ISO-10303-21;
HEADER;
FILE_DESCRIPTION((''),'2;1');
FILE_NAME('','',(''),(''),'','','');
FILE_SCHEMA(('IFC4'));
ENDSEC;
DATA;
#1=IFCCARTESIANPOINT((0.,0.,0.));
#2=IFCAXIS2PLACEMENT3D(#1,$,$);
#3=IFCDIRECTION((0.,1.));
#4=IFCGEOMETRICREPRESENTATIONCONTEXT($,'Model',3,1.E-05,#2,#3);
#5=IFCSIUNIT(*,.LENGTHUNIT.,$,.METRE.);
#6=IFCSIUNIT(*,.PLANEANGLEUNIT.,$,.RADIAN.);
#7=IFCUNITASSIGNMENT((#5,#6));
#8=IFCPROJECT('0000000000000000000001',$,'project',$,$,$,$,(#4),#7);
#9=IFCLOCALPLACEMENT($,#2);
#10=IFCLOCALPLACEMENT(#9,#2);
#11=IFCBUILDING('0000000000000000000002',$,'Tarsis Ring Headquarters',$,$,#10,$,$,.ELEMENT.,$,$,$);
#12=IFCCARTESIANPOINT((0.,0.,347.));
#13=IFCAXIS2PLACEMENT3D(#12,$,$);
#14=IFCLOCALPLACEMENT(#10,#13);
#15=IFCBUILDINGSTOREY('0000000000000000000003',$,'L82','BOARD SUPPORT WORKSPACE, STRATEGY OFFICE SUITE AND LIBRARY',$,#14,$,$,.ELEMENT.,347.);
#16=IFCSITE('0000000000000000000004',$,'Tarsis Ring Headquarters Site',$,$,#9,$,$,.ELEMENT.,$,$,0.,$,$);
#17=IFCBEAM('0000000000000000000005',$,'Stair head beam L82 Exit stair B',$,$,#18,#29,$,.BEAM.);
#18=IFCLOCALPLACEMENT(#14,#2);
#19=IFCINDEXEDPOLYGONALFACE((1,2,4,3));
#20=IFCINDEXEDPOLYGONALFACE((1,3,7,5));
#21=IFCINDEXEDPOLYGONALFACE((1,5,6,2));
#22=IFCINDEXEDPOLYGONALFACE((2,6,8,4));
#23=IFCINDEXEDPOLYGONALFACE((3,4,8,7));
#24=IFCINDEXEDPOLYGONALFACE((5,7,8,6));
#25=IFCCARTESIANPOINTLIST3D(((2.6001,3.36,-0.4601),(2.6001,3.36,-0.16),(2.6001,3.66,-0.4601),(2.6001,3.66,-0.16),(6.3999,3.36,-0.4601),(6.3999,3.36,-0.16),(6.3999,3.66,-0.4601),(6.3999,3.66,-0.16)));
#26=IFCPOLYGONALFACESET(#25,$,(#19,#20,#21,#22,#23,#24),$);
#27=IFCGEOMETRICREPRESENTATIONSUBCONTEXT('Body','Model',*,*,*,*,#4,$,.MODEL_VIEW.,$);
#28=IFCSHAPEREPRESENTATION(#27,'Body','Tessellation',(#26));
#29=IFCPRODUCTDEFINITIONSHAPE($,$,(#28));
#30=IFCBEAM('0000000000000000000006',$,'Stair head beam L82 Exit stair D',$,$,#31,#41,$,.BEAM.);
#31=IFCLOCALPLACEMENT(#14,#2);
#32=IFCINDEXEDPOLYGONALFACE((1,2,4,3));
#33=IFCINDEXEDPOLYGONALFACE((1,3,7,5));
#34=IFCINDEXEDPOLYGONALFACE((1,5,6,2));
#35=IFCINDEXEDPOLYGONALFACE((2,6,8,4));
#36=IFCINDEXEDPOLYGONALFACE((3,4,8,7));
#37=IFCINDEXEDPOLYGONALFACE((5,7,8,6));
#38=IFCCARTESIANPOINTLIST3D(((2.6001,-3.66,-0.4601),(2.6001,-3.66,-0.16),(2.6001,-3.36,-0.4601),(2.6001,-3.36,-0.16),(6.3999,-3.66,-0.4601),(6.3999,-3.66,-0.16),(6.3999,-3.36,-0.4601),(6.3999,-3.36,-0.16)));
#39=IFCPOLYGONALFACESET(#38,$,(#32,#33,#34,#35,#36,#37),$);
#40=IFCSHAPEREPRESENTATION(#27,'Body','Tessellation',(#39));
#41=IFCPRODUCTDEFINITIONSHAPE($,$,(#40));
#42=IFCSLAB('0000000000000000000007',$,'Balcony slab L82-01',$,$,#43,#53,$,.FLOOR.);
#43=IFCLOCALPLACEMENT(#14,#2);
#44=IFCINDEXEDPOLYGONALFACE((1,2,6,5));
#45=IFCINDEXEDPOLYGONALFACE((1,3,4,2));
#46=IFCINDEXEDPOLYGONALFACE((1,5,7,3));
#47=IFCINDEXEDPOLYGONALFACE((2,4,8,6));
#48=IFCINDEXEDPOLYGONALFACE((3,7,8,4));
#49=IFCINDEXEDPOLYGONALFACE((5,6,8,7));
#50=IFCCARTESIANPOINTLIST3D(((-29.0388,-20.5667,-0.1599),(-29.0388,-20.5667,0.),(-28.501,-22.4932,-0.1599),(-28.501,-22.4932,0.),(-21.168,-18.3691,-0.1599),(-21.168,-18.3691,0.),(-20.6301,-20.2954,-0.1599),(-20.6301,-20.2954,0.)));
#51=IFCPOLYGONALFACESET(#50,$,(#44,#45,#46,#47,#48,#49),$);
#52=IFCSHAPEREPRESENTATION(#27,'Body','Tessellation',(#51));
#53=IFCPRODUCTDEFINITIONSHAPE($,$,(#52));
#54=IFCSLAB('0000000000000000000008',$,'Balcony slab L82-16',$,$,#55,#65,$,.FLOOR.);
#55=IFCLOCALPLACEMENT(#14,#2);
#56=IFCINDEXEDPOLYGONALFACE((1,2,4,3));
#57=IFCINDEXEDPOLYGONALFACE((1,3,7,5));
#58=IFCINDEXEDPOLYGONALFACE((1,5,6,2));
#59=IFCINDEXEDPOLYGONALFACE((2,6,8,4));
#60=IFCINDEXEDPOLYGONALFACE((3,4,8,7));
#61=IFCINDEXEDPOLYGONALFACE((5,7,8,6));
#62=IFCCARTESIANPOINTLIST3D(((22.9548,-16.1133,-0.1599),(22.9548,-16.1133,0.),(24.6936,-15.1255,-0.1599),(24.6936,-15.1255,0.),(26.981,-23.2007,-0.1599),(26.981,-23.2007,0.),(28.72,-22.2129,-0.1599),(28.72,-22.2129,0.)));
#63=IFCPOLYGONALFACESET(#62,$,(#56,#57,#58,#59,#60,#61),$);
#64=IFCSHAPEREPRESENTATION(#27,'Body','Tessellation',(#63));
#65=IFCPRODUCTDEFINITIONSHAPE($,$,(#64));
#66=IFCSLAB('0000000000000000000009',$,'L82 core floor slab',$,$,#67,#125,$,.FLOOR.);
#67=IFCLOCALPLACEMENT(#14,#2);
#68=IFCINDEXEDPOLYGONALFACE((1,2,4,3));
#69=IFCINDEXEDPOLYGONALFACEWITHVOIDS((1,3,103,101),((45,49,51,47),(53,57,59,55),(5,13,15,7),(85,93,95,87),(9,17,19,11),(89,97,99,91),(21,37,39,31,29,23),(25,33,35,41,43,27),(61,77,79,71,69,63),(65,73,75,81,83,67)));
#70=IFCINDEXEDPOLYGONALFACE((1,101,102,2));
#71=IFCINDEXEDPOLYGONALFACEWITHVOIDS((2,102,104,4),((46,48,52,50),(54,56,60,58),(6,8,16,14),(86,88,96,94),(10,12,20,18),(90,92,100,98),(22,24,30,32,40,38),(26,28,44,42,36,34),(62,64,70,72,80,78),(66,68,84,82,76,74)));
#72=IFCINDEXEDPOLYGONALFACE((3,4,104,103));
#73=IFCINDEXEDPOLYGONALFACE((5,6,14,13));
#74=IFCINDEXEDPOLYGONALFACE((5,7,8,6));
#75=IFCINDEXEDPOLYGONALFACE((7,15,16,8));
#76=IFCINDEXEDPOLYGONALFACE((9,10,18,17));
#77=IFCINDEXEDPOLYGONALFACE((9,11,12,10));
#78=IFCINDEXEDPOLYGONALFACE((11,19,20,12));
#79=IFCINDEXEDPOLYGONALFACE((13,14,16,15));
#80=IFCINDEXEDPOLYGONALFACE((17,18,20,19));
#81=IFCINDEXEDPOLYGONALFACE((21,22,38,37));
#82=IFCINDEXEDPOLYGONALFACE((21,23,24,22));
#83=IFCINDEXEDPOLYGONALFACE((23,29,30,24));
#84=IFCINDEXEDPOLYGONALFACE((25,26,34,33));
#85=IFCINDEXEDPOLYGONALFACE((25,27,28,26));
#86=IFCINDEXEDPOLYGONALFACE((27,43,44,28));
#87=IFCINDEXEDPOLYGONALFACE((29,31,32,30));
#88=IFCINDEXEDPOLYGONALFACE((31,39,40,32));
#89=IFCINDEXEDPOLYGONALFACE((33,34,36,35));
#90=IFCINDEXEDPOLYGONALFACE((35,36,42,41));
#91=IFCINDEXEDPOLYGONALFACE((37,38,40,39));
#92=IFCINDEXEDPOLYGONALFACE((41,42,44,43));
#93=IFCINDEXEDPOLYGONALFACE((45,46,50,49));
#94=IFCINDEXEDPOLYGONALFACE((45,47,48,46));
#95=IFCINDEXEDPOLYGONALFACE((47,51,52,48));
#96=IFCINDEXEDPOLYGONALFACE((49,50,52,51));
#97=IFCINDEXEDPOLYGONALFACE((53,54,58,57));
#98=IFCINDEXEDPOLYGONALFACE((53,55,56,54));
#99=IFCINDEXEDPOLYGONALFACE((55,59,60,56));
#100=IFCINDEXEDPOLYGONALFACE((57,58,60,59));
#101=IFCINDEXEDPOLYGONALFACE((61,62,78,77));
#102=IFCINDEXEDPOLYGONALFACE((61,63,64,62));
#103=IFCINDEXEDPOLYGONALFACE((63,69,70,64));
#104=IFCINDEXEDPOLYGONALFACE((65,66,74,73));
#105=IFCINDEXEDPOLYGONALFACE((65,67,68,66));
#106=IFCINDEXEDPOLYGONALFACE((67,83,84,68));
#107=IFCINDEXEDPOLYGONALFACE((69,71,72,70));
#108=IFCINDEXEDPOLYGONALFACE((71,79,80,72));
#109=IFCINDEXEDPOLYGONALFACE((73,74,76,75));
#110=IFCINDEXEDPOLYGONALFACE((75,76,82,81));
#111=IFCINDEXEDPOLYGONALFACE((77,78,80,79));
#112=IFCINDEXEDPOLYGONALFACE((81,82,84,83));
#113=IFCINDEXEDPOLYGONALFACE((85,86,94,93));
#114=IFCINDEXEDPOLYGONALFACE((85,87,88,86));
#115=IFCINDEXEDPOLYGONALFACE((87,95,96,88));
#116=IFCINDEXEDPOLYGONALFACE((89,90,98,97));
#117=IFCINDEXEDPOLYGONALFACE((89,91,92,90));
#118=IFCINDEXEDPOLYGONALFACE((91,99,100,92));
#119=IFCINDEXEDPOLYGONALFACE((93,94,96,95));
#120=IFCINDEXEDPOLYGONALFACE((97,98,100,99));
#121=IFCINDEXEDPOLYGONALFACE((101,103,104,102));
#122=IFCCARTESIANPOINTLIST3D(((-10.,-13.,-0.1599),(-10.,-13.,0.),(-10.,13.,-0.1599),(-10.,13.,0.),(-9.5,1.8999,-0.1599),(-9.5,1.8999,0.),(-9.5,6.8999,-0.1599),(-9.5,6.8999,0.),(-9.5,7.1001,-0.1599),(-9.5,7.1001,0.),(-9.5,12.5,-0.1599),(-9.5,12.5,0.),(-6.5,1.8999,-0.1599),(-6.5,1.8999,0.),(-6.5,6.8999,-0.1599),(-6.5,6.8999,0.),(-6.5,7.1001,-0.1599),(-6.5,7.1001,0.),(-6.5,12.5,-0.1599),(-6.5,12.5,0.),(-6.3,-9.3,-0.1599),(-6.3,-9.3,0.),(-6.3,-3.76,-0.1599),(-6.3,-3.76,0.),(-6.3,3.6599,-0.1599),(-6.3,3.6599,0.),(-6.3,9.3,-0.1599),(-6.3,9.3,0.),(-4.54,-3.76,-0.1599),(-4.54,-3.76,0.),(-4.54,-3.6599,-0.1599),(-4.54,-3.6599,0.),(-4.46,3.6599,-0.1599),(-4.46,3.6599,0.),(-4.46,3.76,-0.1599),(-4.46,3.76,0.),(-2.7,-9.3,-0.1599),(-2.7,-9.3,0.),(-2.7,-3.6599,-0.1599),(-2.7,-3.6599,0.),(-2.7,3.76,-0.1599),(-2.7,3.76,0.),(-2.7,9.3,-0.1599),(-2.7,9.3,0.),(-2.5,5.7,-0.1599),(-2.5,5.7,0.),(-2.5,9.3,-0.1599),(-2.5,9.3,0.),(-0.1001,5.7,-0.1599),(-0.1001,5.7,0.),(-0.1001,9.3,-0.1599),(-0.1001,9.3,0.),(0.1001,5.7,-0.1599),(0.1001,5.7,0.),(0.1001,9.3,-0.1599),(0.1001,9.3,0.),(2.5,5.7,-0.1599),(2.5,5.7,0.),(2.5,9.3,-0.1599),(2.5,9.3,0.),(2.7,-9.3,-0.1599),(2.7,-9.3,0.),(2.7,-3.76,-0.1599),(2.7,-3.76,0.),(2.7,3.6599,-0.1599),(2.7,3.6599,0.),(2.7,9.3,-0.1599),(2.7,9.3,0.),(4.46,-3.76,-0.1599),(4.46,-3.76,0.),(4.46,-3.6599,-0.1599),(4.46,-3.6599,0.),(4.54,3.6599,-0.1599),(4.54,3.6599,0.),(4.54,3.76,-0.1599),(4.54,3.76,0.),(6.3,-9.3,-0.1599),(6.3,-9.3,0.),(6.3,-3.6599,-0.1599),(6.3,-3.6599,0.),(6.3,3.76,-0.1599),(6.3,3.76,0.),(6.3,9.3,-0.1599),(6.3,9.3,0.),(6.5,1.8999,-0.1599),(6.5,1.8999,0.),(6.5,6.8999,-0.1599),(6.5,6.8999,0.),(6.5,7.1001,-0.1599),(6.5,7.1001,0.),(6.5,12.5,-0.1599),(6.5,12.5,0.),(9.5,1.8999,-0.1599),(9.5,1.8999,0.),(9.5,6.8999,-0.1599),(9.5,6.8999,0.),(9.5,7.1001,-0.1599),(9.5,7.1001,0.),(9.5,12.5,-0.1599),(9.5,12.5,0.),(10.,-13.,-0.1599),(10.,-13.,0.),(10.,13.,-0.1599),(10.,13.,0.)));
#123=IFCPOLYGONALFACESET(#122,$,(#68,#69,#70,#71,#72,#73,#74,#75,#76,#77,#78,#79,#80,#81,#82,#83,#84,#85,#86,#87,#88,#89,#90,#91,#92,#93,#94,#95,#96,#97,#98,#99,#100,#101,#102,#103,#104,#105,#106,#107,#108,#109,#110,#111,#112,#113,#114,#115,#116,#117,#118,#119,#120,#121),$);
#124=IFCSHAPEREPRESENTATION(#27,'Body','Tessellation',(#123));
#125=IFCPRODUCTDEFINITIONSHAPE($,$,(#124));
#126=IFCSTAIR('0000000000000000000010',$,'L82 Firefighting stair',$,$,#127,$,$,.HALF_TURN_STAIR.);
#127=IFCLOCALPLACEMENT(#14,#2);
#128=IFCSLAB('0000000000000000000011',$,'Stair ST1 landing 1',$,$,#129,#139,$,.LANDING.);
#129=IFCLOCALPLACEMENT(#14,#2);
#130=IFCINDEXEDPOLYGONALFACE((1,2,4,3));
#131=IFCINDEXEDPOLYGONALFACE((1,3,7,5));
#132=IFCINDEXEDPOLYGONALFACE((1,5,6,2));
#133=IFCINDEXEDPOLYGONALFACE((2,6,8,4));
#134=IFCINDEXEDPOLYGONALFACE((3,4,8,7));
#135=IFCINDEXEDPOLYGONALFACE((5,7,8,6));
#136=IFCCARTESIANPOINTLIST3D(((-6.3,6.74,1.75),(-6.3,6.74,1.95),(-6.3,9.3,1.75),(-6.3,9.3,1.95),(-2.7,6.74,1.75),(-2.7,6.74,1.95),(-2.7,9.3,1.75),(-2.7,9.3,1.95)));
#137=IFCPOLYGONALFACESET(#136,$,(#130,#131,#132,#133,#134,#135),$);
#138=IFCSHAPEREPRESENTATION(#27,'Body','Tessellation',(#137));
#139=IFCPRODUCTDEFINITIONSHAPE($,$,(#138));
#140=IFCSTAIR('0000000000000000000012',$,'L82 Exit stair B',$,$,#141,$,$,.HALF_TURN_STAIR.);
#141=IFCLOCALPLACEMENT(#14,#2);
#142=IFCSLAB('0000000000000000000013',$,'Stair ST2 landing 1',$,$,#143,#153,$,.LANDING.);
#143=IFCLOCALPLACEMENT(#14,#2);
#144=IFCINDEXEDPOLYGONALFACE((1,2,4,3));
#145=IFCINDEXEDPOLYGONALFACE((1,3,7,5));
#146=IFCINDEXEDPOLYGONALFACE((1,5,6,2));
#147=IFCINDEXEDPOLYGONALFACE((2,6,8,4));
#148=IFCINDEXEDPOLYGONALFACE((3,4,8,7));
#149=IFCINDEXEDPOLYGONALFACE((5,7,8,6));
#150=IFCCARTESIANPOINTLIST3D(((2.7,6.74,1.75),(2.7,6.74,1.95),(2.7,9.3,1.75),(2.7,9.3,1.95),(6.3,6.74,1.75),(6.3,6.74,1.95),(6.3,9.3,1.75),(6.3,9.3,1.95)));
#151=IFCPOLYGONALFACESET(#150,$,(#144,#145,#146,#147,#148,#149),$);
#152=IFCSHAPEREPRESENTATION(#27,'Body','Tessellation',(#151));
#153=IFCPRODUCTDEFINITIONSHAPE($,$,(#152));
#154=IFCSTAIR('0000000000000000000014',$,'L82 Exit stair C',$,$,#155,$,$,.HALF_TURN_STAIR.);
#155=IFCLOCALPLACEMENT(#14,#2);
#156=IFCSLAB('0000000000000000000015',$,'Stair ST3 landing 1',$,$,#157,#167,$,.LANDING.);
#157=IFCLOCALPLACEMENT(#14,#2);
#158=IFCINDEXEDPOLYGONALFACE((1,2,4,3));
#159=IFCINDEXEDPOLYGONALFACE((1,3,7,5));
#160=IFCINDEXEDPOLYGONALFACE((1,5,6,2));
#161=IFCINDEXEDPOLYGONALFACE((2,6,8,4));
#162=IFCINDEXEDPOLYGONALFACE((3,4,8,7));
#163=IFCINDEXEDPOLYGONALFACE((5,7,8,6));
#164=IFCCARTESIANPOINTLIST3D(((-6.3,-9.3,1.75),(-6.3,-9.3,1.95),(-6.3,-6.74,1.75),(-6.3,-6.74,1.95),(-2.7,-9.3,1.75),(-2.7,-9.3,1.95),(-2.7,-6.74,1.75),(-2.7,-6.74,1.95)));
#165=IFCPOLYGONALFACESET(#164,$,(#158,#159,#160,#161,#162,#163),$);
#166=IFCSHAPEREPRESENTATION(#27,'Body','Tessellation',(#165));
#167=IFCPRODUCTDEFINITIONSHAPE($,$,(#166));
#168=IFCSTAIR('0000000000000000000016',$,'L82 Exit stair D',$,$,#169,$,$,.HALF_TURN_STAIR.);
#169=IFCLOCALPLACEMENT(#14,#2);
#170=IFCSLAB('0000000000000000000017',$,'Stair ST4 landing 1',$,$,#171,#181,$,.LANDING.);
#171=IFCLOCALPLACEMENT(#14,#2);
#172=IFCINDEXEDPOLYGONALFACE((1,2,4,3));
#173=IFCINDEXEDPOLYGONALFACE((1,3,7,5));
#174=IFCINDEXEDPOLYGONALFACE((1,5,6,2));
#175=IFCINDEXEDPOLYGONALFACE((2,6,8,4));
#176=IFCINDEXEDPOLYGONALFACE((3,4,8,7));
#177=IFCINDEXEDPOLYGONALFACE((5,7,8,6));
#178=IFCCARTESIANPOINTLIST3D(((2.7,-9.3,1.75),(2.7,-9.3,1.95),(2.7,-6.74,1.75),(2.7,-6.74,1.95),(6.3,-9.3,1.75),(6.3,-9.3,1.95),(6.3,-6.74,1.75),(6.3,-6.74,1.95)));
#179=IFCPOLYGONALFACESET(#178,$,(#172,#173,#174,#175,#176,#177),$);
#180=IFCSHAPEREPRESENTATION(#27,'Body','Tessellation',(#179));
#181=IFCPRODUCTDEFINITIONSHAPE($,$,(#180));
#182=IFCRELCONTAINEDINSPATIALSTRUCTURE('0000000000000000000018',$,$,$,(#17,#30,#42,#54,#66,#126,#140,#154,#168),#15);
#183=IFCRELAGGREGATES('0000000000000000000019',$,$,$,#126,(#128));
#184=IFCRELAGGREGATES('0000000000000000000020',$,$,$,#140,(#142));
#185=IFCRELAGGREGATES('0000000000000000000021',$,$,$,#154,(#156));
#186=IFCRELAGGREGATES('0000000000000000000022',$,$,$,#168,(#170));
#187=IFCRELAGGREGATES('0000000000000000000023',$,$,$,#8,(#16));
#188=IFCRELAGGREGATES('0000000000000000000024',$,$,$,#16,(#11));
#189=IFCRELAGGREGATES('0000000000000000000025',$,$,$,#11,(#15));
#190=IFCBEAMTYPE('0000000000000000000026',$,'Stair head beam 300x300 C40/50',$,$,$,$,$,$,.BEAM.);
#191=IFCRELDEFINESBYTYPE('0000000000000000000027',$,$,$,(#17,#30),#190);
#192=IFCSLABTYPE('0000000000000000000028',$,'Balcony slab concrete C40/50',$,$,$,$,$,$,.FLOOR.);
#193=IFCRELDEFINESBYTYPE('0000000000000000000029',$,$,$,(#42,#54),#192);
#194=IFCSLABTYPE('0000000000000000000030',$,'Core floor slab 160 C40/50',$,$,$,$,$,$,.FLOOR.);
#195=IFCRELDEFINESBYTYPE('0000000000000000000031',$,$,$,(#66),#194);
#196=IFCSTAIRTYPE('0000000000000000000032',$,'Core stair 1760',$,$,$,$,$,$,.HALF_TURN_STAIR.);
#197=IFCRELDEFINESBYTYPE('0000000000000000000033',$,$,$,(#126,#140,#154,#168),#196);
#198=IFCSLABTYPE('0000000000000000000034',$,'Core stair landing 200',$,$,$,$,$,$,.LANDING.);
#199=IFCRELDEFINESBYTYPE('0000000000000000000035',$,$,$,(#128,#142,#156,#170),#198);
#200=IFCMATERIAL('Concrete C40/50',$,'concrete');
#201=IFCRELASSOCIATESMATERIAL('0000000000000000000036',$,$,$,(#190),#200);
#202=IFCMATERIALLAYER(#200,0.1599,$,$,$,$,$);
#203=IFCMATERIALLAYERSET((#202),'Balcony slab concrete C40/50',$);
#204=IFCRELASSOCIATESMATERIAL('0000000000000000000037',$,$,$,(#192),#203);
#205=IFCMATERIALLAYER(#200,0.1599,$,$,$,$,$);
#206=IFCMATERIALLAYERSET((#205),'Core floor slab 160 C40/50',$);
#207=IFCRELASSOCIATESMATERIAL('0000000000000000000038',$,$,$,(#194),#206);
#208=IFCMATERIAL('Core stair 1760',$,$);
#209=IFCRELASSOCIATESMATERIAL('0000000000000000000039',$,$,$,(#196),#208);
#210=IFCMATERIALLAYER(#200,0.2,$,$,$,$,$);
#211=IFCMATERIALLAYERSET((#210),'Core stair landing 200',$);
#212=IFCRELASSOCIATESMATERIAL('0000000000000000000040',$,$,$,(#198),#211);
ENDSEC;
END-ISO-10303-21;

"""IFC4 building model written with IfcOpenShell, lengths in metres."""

from ifc_helpers import new_model, si_unit, direction, frame, origin, origin_2d, place, context, subcontext, project, spatial, polyline, rectangle, outline, extrude, material, layer, layer_set, material_profile, profile_set, type_object, element, aggregate, save


model = new_model("IFC4")

# Units and contexts
model_context = context("Model", 3, precision=1e-05, world=origin(), true_north=direction((0.0, 1.0)))
body_context = subcontext(model_context, "Body", "Model", "MODEL_VIEW")
ifc_project = project(units=[si_unit("LENGTHUNIT", "METRE"), si_unit("PLANEANGLEUNIT", "RADIAN")], contexts=[model_context])

# Site, building, storey
site_placement = place(None, origin())
site = spatial("IfcSite", under=ifc_project, at=site_placement, Name="Tarsis Ring Headquarters Site", CompositionType="ELEMENT", RefElevation=0.0)
building_placement = place(site_placement, origin())
building = spatial("IfcBuilding", under=site, at=building_placement, Name="Tarsis Ring Headquarters", CompositionType="ELEMENT")
storey_placement = place(building_placement, frame((0.0, 0.0, 347.0)))
storey = spatial("IfcBuildingStorey", under=building, at=storey_placement, Name="L82", Description="BOARD SUPPORT WORKSPACE, STRATEGY OFFICE SUITE AND LIBRARY", CompositionType="ELEMENT", Elevation=347.0)

# Beams
ifc_material_1 = material(Name="Concrete C40/50", Category="concrete")
ifc_material_profile = material_profile(ifc_material_1, rectangle(XDim=0.3, YDim=0.3, at=origin_2d()), Name="Stair head beam 300x300 C40/50")
ifc_profile_set = profile_set([ifc_material_profile], Name="Concrete C40/50")
beam_type = type_object("IfcBeamType", Name="Stair head beam 300x300 C40/50", PredefinedType="BEAM", material=ifc_profile_set)
for number, where, z_axis, x_axis, name in (
    (1, (2.6001, 3.51, -0.3101), (1.0, 0.0, 0.0), (0.0, 1.0, 0.0), "Stair head beam L82 Exit stair B"),
    (2, (2.6001, -3.51, -0.3101), (1.0, 0.0, 0.0), (0.0, 1.0, 0.0), "Stair head beam L82 Exit stair D"),
):
    element("IfcBeam", number, at=place(storey_placement, frame(where, z_axis=z_axis, x_axis=x_axis)), inside=storey, type_object=beam_type, Name=name, PredefinedType="BEAM", context=body_context, shape_type="SweptSolid", body=[
        extrude(rectangle(XDim=0.3, YDim=0.3, at=origin_2d()), origin(), (0.0, 0.0, 1.0), 3.7998),
    ])

# Slabs
ifc_layer_1 = layer(ifc_material_1, 0.1599)
ifc_layer_set_1 = layer_set([ifc_layer_1], Name="Balcony slab concrete C40/50")
slab_type_1 = type_object("IfcSlabType", Name="Balcony slab concrete C40/50", PredefinedType="FLOOR", material=ifc_layer_set_1)
slab_1_placement = place(storey_placement, frame((0.0, 0.0, -0.1599)))
element("IfcSlab", 3, at=slab_1_placement, inside=storey, type_object=slab_type_1, Name="Balcony slab L82-01", PredefinedType="FLOOR", context=body_context, shape_type="SweptSolid", body=[
    extrude(outline(polyline([(-29.0388, -20.5667), (-28.501, -22.4932), (-20.6301, -20.2954), (-21.168, -18.3691), (-29.0388, -20.5667)])), origin(), (0.0, 0.0, 1.0), 0.1599),
])
slab_2_placement = place(storey_placement, frame((0.0, 0.0, -0.1599)))
element("IfcSlab", 4, at=slab_2_placement, inside=storey, type_object=slab_type_1, Name="Balcony slab L82-16", PredefinedType="FLOOR", context=body_context, shape_type="SweptSolid", body=[
    extrude(outline(polyline([(26.981, -23.2007), (28.72, -22.2129), (24.6936, -15.1255), (22.9548, -16.1133), (26.981, -23.2007)])), origin(), (0.0, 0.0, 1.0), 0.1599),
])
ifc_layer_2 = layer(ifc_material_1, 0.1599)
ifc_layer_set_2 = layer_set([ifc_layer_2], Name="Core floor slab 160 C40/50")
slab_type_2 = type_object("IfcSlabType", Name="Core floor slab 160 C40/50", PredefinedType="FLOOR", material=ifc_layer_set_2)
slab_3_placement = place(storey_placement, frame((0.0, 0.0, -0.1599)))
element("IfcSlab", 5, at=slab_3_placement, inside=storey, type_object=slab_type_2, Name="L82 core floor slab", PredefinedType="FLOOR", context=body_context, shape_type="SweptSolid", body=[
    extrude(outline(polyline([(-10.0, -13.0), (10.0, -13.0), (10.0, 13.0), (-10.0, 13.0), (-10.0, -13.0)]), holes=[polyline([(-2.5, 5.7), (-0.1001, 5.7), (-0.1001, 9.3), (-2.5, 9.3), (-2.5, 5.7)]), polyline([(0.1001, 5.7), (2.5, 5.7), (2.5, 9.3), (0.1001, 9.3), (0.1001, 5.7)]), polyline([(-9.5, 1.8999), (-6.5, 1.8999), (-6.5, 6.8999), (-9.5, 6.8999), (-9.5, 1.8999)]), polyline([(-9.5, 7.1001), (-6.5, 7.1001), (-6.5, 12.5), (-9.5, 12.5), (-9.5, 7.1001)]), polyline([(6.5, 1.8999), (9.5, 1.8999), (9.5, 6.8999), (6.5, 6.8999), (6.5, 1.8999)]), polyline([(6.5, 7.1001), (9.5, 7.1001), (9.5, 12.5), (6.5, 12.5), (6.5, 7.1001)]), polyline([(-2.7, 3.76), (-2.7, 9.3), (-6.3, 9.3), (-6.3, 3.6599), (-4.46, 3.6599), (-4.46, 3.76), (-2.7, 3.76)]), polyline([(6.3, 3.76), (6.3, 9.3), (2.7, 9.3), (2.7, 3.6599), (4.54, 3.6599), (4.54, 3.76), (6.3, 3.76)]), polyline([(-6.3, -3.76), (-6.3, -9.3), (-2.7, -9.3), (-2.7, -3.6599), (-4.54, -3.6599), (-4.54, -3.76), (-6.3, -3.76)]), polyline([(2.7, -3.76), (2.7, -9.3), (6.3, -9.3), (6.3, -3.6599), (4.46, -3.6599), (4.46, -3.76), (2.7, -3.76)])]), origin(), (0.0, 0.0, 1.0), 0.1599),
])

# Stairs, slabs
ifc_material_2 = material(Name="Core stair 1760")
stair_type = type_object("IfcStairType", Name="Core stair 1760", PredefinedType="HALF_TURN_STAIR", material=ifc_material_2)
stair_1_placement = place(storey_placement, origin())
stair_1 = element("IfcStair", 6, at=stair_1_placement, inside=storey, type_object=stair_type, Name="L82 Firefighting stair", PredefinedType="HALF_TURN_STAIR")
ifc_layer_3 = layer(ifc_material_1, 0.2)
ifc_layer_set_3 = layer_set([ifc_layer_3], Name="Core stair landing 200")
slab_type_3 = type_object("IfcSlabType", Name="Core stair landing 200", PredefinedType="LANDING", material=ifc_layer_set_3)
slab_4_placement = place(storey_placement, frame((0.0, 0.0, 1.75)))
slab_4 = element("IfcSlab", 7, at=slab_4_placement, type_object=slab_type_3, Name="Stair ST1 landing 1", PredefinedType="LANDING", context=body_context, shape_type="SweptSolid", body=[
    extrude(outline(polyline([(-2.7, 6.74), (-2.7, 9.3), (-6.3, 9.3), (-6.3, 6.74), (-2.7, 6.74)])), origin(), (0.0, 0.0, 1.0), 0.2),
])
aggregate(stair_1, [slab_4])
stair_2_placement = place(storey_placement, origin())
stair_2 = element("IfcStair", 8, at=stair_2_placement, inside=storey, type_object=stair_type, Name="L82 Exit stair B", PredefinedType="HALF_TURN_STAIR")
slab_5_placement = place(storey_placement, frame((0.0, 0.0, 1.75)))
slab_5 = element("IfcSlab", 9, at=slab_5_placement, type_object=slab_type_3, Name="Stair ST2 landing 1", PredefinedType="LANDING", context=body_context, shape_type="SweptSolid", body=[
    extrude(outline(polyline([(6.3, 6.74), (6.3, 9.3), (2.7, 9.3), (2.7, 6.74), (6.3, 6.74)])), origin(), (0.0, 0.0, 1.0), 0.2),
])
aggregate(stair_2, [slab_5])
stair_3_placement = place(storey_placement, origin())
stair_3 = element("IfcStair", 10, at=stair_3_placement, inside=storey, type_object=stair_type, Name="L82 Exit stair C", PredefinedType="HALF_TURN_STAIR")
slab_6_placement = place(storey_placement, frame((0.0, 0.0, 1.75)))
slab_6 = element("IfcSlab", 11, at=slab_6_placement, type_object=slab_type_3, Name="Stair ST3 landing 1", PredefinedType="LANDING", context=body_context, shape_type="SweptSolid", body=[
    extrude(outline(polyline([(-6.3, -6.74), (-6.3, -9.3), (-2.7, -9.3), (-2.7, -6.74), (-6.3, -6.74)])), origin(), (0.0, 0.0, 1.0), 0.2),
])
aggregate(stair_3, [slab_6])
stair_4_placement = place(storey_placement, origin())
stair_4 = element("IfcStair", 12, at=stair_4_placement, inside=storey, type_object=stair_type, Name="L82 Exit stair D", PredefinedType="HALF_TURN_STAIR")
slab_7_placement = place(storey_placement, frame((0.0, 0.0, 1.75)))
slab_7 = element("IfcSlab", 13, at=slab_7_placement, type_object=slab_type_3, Name="Stair ST4 landing 1", PredefinedType="LANDING", context=body_context, shape_type="SweptSolid", body=[
    extrude(outline(polyline([(2.7, -6.74), (2.7, -9.3), (6.3, -9.3), (6.3, -6.74), (2.7, -6.74)])), origin(), (0.0, 0.0, 1.0), 0.2),
])
aggregate(stair_4, [slab_7])

save(model, "model.ifc")
